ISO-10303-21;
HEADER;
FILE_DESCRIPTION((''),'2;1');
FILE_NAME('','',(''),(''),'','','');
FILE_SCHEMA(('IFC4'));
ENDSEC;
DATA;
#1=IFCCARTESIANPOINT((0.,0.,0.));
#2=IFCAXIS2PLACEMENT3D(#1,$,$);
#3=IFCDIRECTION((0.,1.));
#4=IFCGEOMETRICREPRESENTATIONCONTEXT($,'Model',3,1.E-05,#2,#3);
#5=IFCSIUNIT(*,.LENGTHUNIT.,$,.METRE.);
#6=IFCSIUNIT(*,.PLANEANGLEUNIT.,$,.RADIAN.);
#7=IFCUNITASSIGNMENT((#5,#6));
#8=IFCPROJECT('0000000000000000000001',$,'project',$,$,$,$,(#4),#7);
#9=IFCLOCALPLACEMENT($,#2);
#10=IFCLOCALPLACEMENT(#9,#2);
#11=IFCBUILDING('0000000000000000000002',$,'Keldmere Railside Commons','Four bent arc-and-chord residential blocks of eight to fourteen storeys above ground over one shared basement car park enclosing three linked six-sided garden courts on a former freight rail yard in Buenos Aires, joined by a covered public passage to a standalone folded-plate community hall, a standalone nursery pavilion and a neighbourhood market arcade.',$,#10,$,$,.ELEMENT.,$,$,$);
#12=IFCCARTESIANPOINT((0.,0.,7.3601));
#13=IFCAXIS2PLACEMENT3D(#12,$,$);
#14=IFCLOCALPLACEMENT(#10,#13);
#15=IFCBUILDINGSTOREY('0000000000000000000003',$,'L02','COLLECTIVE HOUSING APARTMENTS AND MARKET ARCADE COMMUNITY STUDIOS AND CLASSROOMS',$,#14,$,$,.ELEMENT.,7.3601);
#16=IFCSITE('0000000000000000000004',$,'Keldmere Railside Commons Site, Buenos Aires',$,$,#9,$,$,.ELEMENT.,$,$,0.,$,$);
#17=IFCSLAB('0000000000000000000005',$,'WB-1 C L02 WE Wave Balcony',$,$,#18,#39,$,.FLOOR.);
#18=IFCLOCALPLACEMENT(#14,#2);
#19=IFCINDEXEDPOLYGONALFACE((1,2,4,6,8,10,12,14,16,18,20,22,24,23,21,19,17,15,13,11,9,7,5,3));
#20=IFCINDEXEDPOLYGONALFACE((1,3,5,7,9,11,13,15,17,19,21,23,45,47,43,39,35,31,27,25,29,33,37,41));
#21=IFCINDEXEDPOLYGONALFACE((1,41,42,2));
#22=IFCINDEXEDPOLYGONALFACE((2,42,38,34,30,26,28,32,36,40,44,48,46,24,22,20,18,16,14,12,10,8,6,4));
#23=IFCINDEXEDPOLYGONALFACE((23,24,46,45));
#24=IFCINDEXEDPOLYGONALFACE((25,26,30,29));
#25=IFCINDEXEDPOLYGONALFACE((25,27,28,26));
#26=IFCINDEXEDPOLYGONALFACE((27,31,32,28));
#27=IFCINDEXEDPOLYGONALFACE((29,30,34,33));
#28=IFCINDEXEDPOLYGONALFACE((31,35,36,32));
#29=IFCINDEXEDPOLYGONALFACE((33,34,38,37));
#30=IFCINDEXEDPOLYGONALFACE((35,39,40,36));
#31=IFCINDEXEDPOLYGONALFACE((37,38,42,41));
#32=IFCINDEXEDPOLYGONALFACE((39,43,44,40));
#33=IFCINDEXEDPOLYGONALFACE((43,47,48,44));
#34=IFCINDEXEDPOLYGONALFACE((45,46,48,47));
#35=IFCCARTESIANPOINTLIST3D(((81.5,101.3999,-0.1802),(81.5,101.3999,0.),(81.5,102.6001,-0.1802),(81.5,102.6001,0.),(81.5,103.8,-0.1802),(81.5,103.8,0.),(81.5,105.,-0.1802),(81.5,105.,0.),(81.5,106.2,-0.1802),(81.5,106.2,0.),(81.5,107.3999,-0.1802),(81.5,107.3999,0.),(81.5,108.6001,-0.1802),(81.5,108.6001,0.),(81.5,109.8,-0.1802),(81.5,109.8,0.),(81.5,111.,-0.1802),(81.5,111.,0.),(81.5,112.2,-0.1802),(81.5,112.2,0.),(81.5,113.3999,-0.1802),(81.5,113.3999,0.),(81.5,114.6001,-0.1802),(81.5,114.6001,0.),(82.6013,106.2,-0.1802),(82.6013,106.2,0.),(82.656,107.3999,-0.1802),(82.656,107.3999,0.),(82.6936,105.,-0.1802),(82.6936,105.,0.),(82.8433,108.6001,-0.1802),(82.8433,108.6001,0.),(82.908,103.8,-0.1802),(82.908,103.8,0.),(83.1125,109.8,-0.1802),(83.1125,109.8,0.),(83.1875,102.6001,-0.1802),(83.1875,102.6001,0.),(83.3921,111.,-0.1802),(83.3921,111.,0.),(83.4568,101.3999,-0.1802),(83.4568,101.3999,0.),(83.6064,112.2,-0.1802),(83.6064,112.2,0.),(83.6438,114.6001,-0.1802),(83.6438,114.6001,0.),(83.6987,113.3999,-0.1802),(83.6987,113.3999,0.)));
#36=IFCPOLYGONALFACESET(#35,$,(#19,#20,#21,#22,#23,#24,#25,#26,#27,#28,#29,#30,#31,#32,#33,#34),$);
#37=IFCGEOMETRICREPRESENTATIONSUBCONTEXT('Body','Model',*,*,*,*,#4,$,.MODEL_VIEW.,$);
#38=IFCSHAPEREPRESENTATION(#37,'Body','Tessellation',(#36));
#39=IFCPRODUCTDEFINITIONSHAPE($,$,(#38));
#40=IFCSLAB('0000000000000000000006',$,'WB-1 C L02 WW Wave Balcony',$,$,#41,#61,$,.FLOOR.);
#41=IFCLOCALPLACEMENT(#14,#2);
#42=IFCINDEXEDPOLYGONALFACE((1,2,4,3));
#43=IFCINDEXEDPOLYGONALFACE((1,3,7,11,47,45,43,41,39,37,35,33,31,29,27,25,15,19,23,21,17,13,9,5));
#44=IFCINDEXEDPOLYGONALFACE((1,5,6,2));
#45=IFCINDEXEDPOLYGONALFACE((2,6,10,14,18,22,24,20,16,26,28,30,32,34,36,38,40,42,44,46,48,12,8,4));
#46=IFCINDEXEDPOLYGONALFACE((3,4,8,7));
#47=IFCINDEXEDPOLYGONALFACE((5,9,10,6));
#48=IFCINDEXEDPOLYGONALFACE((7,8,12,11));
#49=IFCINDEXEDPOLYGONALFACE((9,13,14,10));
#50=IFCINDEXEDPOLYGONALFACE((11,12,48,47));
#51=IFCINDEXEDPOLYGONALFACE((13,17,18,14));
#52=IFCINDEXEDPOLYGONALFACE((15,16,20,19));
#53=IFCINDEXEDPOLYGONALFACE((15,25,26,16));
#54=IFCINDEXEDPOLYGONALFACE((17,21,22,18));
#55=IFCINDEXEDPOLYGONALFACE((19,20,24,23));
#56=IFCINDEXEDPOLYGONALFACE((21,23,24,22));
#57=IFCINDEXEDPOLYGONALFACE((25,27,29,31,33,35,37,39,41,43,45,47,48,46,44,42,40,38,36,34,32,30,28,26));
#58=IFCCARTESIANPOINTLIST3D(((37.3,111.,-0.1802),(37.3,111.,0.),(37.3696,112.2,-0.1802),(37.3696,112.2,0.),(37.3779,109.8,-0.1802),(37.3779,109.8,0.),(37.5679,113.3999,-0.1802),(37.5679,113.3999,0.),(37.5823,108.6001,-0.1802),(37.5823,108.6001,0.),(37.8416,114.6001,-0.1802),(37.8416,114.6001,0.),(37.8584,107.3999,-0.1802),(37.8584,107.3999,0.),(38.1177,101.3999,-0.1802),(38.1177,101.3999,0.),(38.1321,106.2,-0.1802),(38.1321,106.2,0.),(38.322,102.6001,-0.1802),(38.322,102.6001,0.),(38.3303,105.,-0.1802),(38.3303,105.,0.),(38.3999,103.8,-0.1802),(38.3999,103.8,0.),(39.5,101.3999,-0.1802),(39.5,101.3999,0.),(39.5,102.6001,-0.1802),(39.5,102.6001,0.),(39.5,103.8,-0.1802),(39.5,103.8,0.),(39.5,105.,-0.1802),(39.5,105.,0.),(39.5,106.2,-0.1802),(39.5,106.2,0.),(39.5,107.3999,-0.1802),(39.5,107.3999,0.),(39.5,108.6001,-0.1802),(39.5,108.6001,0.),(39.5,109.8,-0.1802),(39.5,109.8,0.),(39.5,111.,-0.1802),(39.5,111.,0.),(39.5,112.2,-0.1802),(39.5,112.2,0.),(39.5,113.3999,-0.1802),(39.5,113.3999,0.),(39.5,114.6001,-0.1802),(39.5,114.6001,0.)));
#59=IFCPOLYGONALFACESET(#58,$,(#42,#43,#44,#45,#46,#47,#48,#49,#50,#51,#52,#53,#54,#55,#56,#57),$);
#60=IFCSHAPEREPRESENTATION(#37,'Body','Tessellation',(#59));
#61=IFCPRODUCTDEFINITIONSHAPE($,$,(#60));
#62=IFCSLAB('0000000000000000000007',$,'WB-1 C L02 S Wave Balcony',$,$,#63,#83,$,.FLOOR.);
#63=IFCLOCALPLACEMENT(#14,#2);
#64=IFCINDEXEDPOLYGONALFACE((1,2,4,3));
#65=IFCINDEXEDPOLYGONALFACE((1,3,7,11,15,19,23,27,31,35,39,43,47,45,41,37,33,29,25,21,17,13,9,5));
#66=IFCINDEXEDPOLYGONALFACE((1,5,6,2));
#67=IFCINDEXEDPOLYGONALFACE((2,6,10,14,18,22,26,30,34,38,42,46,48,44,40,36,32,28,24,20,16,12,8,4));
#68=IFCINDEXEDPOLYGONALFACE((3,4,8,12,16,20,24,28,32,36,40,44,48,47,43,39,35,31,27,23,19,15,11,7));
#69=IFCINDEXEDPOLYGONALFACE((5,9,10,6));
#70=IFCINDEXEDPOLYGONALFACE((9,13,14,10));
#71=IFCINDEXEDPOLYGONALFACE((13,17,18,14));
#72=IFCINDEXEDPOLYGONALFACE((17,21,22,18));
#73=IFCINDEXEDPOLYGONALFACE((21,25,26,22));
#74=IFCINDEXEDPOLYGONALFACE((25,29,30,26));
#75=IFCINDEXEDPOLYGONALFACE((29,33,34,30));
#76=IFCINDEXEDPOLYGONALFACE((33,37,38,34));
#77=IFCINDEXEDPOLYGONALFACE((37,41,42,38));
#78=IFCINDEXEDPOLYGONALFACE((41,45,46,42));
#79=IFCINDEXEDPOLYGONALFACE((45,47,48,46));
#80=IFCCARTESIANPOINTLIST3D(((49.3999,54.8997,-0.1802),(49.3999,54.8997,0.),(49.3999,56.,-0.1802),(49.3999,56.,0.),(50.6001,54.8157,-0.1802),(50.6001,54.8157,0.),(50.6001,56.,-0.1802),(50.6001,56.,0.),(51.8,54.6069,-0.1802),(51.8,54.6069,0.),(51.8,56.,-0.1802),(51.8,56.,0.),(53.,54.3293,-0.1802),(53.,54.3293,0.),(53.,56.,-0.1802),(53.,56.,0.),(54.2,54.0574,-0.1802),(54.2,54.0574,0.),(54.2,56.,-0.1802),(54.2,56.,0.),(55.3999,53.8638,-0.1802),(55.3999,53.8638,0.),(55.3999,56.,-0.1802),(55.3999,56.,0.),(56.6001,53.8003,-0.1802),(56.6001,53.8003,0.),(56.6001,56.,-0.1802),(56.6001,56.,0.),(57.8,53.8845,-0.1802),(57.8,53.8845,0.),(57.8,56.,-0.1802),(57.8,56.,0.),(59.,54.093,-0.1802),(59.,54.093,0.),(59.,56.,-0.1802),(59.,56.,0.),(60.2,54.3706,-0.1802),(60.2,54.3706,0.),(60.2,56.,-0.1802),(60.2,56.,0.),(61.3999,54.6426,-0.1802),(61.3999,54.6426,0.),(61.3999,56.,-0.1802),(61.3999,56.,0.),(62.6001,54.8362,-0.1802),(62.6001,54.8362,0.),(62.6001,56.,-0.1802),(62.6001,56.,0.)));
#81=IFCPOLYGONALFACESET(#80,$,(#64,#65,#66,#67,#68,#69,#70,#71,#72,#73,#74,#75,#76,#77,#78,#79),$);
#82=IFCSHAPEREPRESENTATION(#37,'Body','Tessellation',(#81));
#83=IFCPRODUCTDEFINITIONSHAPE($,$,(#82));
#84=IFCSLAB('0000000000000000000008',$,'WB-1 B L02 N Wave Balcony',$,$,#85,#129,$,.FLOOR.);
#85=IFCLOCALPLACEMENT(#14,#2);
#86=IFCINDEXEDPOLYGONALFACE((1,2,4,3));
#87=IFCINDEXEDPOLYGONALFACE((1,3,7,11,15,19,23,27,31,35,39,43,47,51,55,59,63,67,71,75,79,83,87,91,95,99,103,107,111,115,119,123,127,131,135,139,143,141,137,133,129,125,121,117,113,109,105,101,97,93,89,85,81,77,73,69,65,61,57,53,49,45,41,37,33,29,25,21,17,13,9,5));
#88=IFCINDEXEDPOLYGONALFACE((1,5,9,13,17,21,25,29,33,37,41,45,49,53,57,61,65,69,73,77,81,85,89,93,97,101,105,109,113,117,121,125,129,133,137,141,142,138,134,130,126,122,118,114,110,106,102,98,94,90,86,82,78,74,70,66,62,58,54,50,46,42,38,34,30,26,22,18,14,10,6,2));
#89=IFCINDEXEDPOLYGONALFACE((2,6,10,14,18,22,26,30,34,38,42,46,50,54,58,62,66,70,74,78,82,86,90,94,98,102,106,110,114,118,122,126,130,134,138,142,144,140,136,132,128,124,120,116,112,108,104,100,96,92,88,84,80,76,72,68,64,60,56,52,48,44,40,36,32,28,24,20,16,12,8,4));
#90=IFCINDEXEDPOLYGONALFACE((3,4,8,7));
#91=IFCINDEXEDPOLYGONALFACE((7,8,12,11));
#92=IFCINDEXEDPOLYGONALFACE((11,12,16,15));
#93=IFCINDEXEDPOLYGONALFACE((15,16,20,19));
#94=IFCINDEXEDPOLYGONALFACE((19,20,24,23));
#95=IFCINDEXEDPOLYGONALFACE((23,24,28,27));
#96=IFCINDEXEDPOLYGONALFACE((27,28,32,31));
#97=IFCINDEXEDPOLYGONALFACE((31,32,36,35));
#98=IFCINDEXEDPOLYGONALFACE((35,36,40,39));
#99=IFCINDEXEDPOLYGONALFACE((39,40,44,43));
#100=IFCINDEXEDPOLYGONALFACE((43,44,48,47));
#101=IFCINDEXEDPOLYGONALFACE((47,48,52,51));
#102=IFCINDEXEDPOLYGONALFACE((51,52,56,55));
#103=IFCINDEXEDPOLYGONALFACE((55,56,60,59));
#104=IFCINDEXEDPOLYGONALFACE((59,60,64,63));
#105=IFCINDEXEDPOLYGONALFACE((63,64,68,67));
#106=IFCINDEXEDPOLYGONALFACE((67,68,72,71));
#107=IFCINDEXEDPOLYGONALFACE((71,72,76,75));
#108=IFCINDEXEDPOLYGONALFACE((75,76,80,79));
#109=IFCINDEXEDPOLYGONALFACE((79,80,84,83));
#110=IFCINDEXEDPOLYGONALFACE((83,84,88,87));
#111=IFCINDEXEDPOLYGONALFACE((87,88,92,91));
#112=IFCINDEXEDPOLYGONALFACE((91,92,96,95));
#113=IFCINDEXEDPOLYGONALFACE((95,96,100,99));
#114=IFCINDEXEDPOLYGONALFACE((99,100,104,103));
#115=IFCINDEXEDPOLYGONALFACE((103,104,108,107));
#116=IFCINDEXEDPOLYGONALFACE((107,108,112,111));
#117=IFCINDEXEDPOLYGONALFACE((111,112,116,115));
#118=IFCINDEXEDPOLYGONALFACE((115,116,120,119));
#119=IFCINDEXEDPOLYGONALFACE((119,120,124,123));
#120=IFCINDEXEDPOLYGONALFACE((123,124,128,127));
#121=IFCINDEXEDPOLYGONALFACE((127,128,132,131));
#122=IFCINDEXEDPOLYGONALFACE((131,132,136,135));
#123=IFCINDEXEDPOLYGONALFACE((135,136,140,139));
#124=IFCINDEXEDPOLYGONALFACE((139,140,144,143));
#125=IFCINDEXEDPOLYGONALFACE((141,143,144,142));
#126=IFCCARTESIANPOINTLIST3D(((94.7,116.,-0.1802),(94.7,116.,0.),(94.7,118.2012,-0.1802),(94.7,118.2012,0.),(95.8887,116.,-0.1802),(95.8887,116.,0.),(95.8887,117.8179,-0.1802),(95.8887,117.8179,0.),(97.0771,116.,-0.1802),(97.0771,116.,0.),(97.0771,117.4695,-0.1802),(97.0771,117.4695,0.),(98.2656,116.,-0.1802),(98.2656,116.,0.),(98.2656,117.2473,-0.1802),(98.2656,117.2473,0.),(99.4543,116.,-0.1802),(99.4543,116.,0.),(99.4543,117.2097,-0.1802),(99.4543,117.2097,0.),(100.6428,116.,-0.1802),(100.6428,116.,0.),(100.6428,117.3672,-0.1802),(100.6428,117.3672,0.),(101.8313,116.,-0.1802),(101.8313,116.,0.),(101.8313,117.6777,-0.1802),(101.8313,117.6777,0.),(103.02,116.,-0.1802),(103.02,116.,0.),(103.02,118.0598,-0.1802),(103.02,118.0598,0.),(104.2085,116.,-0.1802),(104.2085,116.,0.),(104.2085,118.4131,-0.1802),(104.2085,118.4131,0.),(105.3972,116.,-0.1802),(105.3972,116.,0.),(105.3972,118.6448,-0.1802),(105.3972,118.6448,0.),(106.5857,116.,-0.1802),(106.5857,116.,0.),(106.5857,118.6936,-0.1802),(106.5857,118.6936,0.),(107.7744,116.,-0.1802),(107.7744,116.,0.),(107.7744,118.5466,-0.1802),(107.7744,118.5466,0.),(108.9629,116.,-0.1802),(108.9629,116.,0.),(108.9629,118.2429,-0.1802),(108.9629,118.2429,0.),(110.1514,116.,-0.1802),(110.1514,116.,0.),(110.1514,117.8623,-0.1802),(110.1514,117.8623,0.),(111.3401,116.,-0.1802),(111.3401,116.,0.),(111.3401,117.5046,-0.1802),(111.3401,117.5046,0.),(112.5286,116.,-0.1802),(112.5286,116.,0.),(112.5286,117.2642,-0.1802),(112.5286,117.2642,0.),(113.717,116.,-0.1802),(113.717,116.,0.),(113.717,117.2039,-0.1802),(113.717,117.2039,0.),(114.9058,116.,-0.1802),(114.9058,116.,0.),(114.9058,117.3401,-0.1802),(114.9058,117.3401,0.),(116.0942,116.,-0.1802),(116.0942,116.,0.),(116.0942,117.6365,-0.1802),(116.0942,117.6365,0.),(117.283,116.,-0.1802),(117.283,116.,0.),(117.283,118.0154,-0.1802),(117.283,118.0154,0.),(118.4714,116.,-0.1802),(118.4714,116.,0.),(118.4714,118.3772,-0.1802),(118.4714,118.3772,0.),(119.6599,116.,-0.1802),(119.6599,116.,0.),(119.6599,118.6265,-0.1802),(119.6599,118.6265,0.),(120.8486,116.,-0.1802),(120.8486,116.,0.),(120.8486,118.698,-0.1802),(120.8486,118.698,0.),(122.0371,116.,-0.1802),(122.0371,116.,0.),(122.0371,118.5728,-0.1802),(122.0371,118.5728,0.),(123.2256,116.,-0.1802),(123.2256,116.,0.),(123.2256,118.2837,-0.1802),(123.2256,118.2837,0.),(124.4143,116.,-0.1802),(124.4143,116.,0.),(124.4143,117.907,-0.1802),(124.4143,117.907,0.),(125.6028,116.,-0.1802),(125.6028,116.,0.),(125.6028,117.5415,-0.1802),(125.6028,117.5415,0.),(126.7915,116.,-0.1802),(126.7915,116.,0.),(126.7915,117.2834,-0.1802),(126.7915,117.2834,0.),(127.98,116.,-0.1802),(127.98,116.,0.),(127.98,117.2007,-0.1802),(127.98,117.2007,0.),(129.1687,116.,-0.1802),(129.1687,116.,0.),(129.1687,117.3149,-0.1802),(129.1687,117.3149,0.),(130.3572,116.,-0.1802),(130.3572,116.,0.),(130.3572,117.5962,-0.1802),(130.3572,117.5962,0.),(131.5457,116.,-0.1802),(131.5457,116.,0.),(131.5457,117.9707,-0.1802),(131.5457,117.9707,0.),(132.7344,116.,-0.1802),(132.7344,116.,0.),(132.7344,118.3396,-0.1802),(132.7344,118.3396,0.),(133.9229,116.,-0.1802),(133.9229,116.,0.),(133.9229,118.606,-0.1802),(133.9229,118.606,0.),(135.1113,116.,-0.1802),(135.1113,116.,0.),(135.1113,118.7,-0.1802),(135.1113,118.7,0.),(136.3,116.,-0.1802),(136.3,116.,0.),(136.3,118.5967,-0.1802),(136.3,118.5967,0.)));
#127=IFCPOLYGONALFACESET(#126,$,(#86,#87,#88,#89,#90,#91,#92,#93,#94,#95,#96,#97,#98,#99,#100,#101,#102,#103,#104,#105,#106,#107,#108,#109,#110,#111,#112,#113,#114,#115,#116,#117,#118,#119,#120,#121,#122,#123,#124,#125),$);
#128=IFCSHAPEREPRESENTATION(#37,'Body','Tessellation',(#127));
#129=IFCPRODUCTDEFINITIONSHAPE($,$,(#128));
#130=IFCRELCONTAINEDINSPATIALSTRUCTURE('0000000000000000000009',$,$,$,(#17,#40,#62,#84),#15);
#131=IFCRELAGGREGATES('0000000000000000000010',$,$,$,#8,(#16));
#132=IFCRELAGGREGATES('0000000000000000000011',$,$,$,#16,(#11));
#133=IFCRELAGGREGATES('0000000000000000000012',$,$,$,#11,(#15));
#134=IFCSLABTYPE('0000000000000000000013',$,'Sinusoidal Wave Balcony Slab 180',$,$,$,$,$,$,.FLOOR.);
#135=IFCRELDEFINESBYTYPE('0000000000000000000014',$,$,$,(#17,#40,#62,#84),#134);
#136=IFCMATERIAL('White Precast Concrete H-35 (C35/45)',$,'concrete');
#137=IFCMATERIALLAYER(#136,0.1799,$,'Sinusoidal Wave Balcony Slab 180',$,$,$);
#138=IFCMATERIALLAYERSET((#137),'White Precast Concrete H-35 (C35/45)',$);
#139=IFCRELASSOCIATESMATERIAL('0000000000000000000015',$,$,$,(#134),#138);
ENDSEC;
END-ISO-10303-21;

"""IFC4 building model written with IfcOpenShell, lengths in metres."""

from ifc_helpers import new_model, si_unit, direction, frame, origin, place, context, subcontext, project, spatial, polyline, outline, extrude, material, layer, layer_set, type_object, element, save


model = new_model("IFC4")

# Units and contexts
model_context = context("Model", 3, precision=1e-05, world=origin(), true_north=direction((0.0, 1.0)))
body_context = subcontext(model_context, "Body", "Model", "MODEL_VIEW")
ifc_project = project(units=[si_unit("LENGTHUNIT", "METRE"), si_unit("PLANEANGLEUNIT", "RADIAN")], contexts=[model_context])

# Site, building, storey
site_placement = place(None, origin())
site = spatial("IfcSite", under=ifc_project, at=site_placement, Name="Keldmere Railside Commons Site, Buenos Aires", CompositionType="ELEMENT", RefElevation=0.0)
building_placement = place(site_placement, origin())
building = spatial("IfcBuilding", under=site, at=building_placement, Name="Keldmere Railside Commons", Description="Four bent arc-and-chord residential blocks of eight to fourteen storeys above ground over one shared basement car park enclosing three linked six-sided garden courts on a former freight rail yard in Buenos Aires, joined by a covered public passage to a standalone folded-plate community hall, a standalone nursery pavilion and a neighbourhood market arcade.", CompositionType="ELEMENT")
storey_placement = place(building_placement, frame((0.0, 0.0, 7.3601)))
storey = spatial("IfcBuildingStorey", under=building, at=storey_placement, Name="L02", Description="COLLECTIVE HOUSING APARTMENTS AND MARKET ARCADE COMMUNITY STUDIOS AND CLASSROOMS", CompositionType="ELEMENT", Elevation=7.3601)

# Slabs
ifc_material_1 = material(Name="White Precast Concrete H-35 (C35/45)", Category="concrete")
ifc_layer_1 = layer(ifc_material_1, 0.1799, Name="Sinusoidal Wave Balcony Slab 180")
ifc_layer_set_1 = layer_set([ifc_layer_1], Name="White Precast Concrete H-35 (C35/45)")
slab_type_1 = type_object("IfcSlabType", Name="Sinusoidal Wave Balcony Slab 180", PredefinedType="FLOOR", material=ifc_layer_set_1)
slab_1_placement = place(storey_placement, frame((0.0, 0.0, -0.1802)))
element("IfcSlab", 1, at=slab_1_placement, inside=storey, type_object=slab_type_1, Name="WB-1 C L02 WE Wave Balcony", PredefinedType="FLOOR", context=body_context, shape_type="SweptSolid", body=[
    extrude(outline(polyline([(83.4568, 101.3999), (83.1875, 102.6001), (82.908, 103.8), (82.6936, 105.0), (82.6013, 106.2), (82.656, 107.3999), (82.8433, 108.6001), (83.1125, 109.8), (83.3921, 111.0), (83.6064, 112.2), (83.6987, 113.3999), (83.6438, 114.6001), (81.5, 114.6001), (81.5, 113.3999), (81.5, 112.2), (81.5, 111.0), (81.5, 109.8), (81.5, 108.6001), (81.5, 107.3999), (81.5, 106.2), (81.5, 105.0), (81.5, 103.8), (81.5, 102.6001), (81.5, 101.3999), (83.4568, 101.3999)])), origin(), (0.0, 0.0, 1.0), 0.1802),
])
slab_2_placement = place(storey_placement, frame((0.0, 0.0, -0.1802)))
element("IfcSlab", 2, at=slab_2_placement, inside=storey, type_object=slab_type_1, Name="WB-1 C L02 WW Wave Balcony", PredefinedType="FLOOR", context=body_context, shape_type="SweptSolid", body=[
    extrude(outline(polyline([(39.5, 101.3999), (39.5, 102.6001), (39.5, 103.8), (39.5, 105.0), (39.5, 106.2), (39.5, 107.3999), (39.5, 108.6001), (39.5, 109.8), (39.5, 111.0), (39.5, 112.2), (39.5, 113.3999), (39.5, 114.6001), (37.8416, 114.6001), (37.5679, 113.3999), (37.3696, 112.2), (37.3, 111.0), (37.3779, 109.8), (37.5823, 108.6001), (37.8584, 107.3999), (38.1321, 106.2), (38.3303, 105.0), (38.3999, 103.8), (38.322, 102.6001), (38.1177, 101.3999), (39.5, 101.3999)])), origin(), (0.0, 0.0, 1.0), 0.1802),
])
slab_3_placement = place(storey_placement, frame((0.0, 0.0, -0.1802)))
element("IfcSlab", 3, at=slab_3_placement, inside=storey, type_object=slab_type_1, Name="WB-1 C L02 S Wave Balcony", PredefinedType="FLOOR", context=body_context, shape_type="SweptSolid", body=[
    extrude(outline(polyline([(49.3999, 54.8997), (50.6001, 54.8157), (51.8, 54.6069), (53.0, 54.3293), (54.2, 54.0574), (55.3999, 53.8638), (56.6001, 53.8003), (57.8, 53.8845), (59.0, 54.093), (60.2, 54.3706), (61.3999, 54.6426), (62.6001, 54.8362), (62.6001, 56.0), (61.3999, 56.0), (60.2, 56.0), (59.0, 56.0), (57.8, 56.0), (56.6001, 56.0), (55.3999, 56.0), (54.2, 56.0), (53.0, 56.0), (51.8, 56.0), (50.6001, 56.0), (49.3999, 56.0), (49.3999, 54.8997)])), origin(), (0.0, 0.0, 1.0), 0.1802),
])
slab_4_placement = place(storey_placement, frame((0.0, 0.0, -0.1802)))
element("IfcSlab", 4, at=slab_4_placement, inside=storey, type_object=slab_type_1, Name="WB-1 B L02 N Wave Balcony", PredefinedType="FLOOR", context=body_context, shape_type="SweptSolid", body=[
    extrude(outline(polyline([(94.7, 116.0), (95.8887, 116.0), (97.0771, 116.0), (98.2656, 116.0), (99.4543, 116.0), (100.6428, 116.0), (101.8313, 116.0), (103.02, 116.0), (104.2085, 116.0), (105.3972, 116.0), (106.5857, 116.0), (107.7744, 116.0), (108.9629, 116.0), (110.1514, 116.0), (111.3401, 116.0), (112.5286, 116.0), (113.717, 116.0), (114.9058, 116.0), (116.0942, 116.0), (117.283, 116.0), (118.4714, 116.0), (119.6599, 116.0), (120.8486, 116.0), (122.0371, 116.0), (123.2256, 116.0), (124.4143, 116.0), (125.6028, 116.0), (126.7915, 116.0), (127.98, 116.0), (129.1687, 116.0), (130.3572, 116.0), (131.5457, 116.0), (132.7344, 116.0), (133.9229, 116.0), (135.1113, 116.0), (136.3, 116.0), (136.3, 118.5967), (135.1113, 118.7), (133.9229, 118.606), (132.7344, 118.3396), (131.5457, 117.9707), (130.3572, 117.5962), (129.1687, 117.3149), (127.98, 117.2007), (126.7915, 117.2834), (125.6028, 117.5415), (124.4143, 117.907), (123.2256, 118.2837), (122.0371, 118.5728), (120.8486, 118.698), (119.6599, 118.6265), (118.4714, 118.3772), (117.283, 118.0154), (116.0942, 117.6365), (114.9058, 117.3401), (113.717, 117.2039), (112.5286, 117.2642), (111.3401, 117.5046), (110.1514, 117.8623), (108.9629, 118.2429), (107.7744, 118.5466), (106.5857, 118.6936), (105.3972, 118.6448), (104.2085, 118.4131), (103.02, 118.0598), (101.8313, 117.6777), (100.6428, 117.3672), (99.4543, 117.2097), (98.2656, 117.2473), (97.0771, 117.4695), (95.8887, 117.8179), (94.7, 118.2012), (94.7, 116.0)])), origin(), (0.0, 0.0, 1.0), 0.1802),
])

save(model, "model.ifc")
